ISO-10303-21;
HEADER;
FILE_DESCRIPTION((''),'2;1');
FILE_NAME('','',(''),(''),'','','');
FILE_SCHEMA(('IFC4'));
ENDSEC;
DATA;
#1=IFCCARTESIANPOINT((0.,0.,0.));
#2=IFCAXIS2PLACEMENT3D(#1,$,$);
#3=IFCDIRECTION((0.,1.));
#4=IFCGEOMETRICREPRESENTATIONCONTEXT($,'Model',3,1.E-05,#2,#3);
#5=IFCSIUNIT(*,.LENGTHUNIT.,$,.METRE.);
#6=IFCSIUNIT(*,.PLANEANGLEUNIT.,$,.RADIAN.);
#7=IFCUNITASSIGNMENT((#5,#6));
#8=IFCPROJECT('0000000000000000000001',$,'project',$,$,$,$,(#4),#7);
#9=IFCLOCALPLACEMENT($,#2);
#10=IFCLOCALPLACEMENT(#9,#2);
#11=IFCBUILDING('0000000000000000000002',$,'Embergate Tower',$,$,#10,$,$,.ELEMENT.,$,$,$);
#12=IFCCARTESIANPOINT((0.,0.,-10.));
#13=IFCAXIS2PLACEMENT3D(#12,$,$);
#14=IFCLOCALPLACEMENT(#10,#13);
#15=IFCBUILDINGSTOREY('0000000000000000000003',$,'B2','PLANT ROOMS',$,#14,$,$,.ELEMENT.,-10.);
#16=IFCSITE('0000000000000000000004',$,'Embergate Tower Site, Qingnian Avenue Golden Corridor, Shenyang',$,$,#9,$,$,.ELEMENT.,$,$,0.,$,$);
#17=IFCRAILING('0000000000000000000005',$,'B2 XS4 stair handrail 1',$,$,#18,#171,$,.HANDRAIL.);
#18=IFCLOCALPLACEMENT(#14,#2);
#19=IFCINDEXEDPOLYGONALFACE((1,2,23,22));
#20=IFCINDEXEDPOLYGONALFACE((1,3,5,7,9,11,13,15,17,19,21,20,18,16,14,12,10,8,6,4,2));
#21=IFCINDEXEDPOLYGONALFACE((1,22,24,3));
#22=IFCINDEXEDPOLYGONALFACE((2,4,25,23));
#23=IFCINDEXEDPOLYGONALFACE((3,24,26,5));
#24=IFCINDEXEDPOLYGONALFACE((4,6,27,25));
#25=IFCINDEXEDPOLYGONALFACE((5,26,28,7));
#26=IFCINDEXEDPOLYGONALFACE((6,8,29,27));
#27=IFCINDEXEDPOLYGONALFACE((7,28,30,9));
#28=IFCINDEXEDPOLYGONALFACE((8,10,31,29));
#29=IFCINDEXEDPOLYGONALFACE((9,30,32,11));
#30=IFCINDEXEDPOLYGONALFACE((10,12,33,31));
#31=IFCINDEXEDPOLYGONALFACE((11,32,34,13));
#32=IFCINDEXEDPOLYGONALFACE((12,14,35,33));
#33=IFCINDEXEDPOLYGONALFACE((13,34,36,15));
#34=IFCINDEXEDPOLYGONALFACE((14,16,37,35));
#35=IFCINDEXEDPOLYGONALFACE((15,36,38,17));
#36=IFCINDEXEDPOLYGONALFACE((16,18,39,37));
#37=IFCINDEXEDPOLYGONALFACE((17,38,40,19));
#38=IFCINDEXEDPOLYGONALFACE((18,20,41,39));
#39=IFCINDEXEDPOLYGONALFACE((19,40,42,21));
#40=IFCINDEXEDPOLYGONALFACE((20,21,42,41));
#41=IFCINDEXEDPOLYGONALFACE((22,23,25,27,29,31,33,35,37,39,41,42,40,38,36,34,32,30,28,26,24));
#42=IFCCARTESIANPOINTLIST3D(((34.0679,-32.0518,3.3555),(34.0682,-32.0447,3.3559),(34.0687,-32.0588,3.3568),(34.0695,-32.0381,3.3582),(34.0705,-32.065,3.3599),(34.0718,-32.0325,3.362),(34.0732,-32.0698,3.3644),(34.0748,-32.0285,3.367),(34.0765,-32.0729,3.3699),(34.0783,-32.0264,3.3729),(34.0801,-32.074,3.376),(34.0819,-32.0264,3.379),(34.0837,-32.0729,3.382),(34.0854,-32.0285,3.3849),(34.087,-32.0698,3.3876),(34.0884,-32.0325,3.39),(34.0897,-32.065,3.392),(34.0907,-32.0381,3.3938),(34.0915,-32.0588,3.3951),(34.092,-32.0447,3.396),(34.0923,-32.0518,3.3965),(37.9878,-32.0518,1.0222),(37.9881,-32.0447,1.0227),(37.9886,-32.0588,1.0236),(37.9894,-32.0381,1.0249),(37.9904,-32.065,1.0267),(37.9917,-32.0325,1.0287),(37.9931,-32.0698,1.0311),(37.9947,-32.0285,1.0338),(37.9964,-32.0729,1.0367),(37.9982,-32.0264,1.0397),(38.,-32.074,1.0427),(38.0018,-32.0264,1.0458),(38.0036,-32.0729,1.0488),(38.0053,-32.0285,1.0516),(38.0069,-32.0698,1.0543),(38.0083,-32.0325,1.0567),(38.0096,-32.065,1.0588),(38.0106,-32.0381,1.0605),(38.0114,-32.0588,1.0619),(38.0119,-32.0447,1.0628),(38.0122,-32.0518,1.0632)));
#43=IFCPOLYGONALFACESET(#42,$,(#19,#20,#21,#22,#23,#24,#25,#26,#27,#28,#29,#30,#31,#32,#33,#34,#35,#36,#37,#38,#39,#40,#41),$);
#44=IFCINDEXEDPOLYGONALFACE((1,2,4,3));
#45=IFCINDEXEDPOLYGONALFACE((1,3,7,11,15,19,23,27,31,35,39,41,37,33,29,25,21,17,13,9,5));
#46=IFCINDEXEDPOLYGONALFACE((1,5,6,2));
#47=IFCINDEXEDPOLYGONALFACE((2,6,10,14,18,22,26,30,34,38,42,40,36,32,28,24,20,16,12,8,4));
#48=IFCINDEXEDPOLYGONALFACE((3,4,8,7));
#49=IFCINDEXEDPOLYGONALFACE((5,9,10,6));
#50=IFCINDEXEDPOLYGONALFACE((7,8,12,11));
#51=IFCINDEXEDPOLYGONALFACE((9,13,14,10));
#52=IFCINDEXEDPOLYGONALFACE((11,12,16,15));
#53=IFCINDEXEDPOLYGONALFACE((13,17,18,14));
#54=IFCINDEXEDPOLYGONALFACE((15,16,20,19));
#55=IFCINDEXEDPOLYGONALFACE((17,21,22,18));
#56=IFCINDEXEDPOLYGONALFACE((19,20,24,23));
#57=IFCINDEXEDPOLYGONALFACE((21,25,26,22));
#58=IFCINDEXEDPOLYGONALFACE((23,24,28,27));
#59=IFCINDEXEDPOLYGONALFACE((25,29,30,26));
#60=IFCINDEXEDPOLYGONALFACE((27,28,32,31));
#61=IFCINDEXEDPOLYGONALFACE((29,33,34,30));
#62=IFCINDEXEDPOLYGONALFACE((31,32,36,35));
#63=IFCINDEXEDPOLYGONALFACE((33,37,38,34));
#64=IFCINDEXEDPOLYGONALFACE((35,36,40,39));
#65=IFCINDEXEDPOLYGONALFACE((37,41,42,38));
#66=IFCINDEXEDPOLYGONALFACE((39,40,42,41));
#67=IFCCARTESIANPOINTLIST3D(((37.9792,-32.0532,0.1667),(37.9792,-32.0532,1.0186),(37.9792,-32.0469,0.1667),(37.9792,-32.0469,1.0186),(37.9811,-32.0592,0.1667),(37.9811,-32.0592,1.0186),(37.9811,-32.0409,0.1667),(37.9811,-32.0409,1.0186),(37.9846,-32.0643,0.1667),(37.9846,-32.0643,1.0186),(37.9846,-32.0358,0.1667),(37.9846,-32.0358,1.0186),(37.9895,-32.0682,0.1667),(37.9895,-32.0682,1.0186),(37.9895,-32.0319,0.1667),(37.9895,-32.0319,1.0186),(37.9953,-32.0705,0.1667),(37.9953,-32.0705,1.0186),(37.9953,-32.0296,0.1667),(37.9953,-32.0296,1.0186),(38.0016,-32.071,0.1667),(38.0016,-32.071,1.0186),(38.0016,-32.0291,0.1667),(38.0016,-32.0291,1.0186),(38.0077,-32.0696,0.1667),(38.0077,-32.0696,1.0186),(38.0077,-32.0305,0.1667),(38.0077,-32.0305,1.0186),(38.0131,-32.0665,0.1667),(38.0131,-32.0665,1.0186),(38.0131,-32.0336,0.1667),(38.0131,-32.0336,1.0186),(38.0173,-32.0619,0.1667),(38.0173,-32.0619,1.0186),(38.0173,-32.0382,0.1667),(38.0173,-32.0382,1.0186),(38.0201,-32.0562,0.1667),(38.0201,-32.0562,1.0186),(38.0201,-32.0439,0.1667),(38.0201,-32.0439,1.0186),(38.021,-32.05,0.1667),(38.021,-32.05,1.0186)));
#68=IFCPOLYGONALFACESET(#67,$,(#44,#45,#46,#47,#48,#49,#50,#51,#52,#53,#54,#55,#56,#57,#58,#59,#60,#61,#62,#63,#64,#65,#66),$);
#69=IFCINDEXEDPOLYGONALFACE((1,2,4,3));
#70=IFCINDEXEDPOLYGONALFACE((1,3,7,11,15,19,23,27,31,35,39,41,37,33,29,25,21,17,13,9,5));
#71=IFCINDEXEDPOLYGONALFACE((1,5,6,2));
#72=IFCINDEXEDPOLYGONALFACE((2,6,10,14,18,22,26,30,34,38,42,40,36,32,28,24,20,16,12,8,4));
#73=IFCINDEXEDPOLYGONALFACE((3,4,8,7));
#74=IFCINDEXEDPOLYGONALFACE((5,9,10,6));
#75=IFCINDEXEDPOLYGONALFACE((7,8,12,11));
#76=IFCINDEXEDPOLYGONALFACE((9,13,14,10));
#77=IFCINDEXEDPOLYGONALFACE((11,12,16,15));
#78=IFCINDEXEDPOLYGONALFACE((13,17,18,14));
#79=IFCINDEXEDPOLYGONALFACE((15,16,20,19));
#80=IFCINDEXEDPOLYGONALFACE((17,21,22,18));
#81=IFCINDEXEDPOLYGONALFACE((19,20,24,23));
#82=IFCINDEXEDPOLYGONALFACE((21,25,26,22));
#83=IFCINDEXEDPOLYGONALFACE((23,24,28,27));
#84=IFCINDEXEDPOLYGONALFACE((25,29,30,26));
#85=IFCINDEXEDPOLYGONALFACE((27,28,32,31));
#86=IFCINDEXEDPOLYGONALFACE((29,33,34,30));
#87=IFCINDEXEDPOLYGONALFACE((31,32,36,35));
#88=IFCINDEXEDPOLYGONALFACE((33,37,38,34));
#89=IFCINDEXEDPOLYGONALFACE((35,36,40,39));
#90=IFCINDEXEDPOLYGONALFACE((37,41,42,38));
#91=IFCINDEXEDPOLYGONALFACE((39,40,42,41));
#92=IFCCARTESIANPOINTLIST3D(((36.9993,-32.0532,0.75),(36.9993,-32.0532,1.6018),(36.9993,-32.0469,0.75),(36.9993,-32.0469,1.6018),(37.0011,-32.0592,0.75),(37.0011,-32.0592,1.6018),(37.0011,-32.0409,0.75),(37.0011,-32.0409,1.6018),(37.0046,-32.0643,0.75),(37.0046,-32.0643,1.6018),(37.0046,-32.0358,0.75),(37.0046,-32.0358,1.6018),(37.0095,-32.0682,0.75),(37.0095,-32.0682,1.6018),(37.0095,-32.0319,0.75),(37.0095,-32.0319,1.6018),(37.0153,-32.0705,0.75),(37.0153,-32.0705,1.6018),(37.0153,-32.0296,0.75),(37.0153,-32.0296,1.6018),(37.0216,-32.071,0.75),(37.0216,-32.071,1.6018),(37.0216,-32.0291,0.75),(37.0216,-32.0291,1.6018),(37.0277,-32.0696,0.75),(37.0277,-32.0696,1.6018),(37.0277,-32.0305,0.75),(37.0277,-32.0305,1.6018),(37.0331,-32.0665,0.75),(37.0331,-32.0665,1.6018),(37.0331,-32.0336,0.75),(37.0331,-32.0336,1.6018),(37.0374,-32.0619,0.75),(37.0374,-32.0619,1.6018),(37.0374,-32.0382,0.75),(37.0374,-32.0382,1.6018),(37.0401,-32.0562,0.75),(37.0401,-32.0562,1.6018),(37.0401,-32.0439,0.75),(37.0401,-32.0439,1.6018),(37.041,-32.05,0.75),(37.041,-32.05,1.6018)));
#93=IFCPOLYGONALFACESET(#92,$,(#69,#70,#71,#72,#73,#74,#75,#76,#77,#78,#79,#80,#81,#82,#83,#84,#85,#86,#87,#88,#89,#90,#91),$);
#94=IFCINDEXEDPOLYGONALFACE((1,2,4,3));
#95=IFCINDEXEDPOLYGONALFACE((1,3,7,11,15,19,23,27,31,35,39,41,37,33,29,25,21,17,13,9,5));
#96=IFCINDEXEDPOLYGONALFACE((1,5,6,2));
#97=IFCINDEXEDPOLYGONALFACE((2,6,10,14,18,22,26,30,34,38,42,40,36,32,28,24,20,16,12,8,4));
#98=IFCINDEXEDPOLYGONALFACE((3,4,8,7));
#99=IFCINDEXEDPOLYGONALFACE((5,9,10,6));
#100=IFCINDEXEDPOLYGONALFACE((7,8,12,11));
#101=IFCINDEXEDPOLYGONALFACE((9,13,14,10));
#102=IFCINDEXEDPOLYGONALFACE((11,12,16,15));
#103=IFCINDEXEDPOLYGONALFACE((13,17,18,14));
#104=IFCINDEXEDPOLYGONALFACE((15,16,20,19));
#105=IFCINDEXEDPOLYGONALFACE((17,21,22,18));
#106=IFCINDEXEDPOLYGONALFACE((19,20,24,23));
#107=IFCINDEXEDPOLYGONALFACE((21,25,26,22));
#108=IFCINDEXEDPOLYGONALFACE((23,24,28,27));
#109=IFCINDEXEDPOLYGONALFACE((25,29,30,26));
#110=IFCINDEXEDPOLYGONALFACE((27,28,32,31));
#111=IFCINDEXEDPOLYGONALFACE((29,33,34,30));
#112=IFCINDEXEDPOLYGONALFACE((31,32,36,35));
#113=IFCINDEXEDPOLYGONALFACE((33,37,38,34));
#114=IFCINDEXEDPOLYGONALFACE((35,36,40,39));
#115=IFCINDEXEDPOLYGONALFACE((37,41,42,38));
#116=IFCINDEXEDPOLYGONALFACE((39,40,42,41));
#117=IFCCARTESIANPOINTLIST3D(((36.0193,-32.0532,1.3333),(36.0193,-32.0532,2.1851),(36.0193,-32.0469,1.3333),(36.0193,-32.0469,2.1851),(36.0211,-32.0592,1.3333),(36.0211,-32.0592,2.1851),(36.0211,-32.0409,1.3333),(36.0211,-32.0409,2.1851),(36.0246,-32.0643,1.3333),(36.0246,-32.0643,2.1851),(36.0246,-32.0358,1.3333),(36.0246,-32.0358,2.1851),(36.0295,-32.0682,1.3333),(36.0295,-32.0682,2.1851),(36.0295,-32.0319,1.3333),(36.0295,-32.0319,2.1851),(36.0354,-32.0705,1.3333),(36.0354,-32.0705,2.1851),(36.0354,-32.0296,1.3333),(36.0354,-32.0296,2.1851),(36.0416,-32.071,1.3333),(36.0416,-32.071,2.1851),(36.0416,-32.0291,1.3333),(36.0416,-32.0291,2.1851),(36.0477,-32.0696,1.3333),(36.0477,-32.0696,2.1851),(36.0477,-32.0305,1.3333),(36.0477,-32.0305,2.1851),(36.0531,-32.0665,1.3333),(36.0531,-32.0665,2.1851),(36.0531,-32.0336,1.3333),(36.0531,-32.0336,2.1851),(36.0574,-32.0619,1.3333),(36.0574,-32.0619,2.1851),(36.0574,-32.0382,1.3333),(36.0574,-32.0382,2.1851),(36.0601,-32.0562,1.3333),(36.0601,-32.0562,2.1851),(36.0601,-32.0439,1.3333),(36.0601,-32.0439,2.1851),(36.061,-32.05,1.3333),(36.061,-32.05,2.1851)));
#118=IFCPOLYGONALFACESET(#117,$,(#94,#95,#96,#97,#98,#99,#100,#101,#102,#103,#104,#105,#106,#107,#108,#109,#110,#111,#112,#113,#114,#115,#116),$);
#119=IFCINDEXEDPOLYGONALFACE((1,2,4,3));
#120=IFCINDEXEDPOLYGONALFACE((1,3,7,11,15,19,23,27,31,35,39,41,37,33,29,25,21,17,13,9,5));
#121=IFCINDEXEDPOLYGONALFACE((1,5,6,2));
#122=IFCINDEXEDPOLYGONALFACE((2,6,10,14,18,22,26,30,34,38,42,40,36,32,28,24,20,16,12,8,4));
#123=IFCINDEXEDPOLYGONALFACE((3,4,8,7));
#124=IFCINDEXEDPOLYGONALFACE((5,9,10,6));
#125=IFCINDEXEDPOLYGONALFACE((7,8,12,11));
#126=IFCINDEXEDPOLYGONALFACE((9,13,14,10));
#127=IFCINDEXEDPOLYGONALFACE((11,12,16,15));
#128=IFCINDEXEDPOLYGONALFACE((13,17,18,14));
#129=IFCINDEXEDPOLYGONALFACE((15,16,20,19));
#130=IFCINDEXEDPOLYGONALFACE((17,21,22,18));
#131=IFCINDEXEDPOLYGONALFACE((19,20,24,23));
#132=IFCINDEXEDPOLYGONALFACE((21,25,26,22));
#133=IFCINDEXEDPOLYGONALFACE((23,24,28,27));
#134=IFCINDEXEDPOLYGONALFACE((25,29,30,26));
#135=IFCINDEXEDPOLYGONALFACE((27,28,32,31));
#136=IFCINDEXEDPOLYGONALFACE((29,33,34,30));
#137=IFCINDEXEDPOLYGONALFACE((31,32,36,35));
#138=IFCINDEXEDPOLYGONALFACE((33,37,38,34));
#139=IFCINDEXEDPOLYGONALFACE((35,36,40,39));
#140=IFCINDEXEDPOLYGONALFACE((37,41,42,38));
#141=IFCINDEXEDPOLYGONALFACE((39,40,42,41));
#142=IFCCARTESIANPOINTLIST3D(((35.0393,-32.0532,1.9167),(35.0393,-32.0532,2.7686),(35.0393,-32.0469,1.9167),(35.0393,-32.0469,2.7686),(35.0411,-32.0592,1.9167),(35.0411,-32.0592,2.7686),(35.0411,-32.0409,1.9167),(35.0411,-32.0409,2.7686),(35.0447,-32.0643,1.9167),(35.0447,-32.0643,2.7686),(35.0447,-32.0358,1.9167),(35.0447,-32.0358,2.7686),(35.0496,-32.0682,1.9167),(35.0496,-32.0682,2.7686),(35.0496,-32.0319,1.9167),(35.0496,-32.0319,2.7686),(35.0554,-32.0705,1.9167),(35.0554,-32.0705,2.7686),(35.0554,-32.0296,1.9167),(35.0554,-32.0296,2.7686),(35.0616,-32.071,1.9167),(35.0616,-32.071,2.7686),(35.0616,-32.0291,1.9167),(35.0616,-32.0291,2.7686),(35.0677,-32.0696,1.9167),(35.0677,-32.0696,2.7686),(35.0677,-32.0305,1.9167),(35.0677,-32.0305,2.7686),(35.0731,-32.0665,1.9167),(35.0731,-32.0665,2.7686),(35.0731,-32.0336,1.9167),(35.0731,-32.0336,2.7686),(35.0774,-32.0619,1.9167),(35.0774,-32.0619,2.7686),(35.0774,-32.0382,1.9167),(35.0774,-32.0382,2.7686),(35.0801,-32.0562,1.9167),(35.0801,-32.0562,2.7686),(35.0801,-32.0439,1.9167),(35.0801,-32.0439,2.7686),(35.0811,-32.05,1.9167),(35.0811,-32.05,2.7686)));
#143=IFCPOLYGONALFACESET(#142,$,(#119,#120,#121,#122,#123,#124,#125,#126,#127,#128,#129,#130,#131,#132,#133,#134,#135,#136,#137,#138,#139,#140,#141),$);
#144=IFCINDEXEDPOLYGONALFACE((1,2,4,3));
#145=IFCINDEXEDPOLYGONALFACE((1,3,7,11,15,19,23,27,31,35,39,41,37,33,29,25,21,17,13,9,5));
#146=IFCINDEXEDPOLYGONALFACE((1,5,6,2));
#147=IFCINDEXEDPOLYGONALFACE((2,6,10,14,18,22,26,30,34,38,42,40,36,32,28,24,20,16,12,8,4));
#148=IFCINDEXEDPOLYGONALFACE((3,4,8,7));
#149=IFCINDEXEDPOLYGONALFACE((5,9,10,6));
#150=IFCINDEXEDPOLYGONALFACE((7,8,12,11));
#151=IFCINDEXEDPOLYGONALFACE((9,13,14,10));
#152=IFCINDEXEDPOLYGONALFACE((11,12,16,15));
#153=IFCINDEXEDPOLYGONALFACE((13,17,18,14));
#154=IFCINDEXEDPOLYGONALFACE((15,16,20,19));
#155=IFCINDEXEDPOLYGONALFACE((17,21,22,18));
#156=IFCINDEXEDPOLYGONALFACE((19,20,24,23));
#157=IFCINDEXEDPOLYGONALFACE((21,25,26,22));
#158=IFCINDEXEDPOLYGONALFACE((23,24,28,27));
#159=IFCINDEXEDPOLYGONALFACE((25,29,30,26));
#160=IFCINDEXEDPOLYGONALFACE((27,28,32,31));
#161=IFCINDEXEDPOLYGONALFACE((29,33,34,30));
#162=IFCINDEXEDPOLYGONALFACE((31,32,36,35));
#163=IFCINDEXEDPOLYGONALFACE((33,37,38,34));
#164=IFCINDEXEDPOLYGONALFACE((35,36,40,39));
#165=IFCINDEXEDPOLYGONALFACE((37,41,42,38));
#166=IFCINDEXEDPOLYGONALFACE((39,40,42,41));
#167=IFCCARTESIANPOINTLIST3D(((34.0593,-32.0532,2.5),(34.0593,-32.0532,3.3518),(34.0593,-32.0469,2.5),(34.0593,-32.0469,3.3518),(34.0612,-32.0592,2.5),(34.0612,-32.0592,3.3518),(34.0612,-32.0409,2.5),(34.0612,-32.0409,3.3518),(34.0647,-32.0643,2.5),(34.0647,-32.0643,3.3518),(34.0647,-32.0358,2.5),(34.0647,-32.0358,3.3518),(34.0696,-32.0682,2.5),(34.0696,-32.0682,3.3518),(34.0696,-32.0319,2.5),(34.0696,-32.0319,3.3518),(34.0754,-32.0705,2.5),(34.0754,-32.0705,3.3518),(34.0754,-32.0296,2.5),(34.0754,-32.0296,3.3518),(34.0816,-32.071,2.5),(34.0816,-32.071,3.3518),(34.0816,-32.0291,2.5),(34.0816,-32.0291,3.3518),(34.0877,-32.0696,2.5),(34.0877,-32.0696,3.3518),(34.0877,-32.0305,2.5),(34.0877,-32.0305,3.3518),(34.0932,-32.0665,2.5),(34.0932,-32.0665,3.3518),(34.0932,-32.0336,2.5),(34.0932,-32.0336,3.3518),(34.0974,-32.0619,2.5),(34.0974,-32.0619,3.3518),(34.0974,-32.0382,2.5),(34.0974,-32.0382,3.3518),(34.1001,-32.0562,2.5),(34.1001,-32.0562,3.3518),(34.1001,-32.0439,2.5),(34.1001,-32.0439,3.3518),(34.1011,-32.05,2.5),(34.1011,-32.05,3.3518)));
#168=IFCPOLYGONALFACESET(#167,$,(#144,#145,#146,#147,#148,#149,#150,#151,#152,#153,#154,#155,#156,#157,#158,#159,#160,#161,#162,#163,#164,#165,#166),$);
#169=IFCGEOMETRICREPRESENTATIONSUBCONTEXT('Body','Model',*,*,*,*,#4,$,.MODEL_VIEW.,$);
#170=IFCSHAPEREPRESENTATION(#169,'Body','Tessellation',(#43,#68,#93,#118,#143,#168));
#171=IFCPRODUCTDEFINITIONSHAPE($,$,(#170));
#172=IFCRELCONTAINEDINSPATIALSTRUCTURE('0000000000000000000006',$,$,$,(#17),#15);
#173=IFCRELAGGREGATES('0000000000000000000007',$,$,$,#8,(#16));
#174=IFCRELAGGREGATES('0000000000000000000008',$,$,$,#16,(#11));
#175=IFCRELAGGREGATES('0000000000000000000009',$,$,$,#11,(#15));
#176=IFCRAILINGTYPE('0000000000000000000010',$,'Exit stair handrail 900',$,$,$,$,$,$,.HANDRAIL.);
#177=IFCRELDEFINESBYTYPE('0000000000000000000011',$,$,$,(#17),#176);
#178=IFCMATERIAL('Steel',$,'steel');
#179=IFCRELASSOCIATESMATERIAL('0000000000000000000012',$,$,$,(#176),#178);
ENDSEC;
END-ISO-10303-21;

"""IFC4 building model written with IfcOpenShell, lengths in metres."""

from ifc_helpers import new_model, si_unit, direction, frame, origin, origin_2d, place, context, subcontext, project, spatial, circle, extrude, source, transform, mapped, material, type_object, element, save


model = new_model("IFC4")

# Units and contexts
model_context = context("Model", 3, precision=1e-05, world=origin(), true_north=direction((0.0, 1.0)))
body_context = subcontext(model_context, "Body", "Model", "MODEL_VIEW")
ifc_project = project(units=[si_unit("LENGTHUNIT", "METRE"), si_unit("PLANEANGLEUNIT", "RADIAN")], contexts=[model_context])

# Site, building, storey
site_placement = place(None, origin())
site = spatial("IfcSite", under=ifc_project, at=site_placement, Name="Embergate Tower Site, Qingnian Avenue Golden Corridor, Shenyang", CompositionType="ELEMENT", RefElevation=0.0)
building_placement = place(site_placement, origin())
building = spatial("IfcBuilding", under=site, at=building_placement, Name="Embergate Tower", CompositionType="ELEMENT")
storey_placement = place(building_placement, frame((0.0, 0.0, -10.0)))
storey = spatial("IfcBuildingStorey", under=building, at=storey_placement, Name="B2", Description="PLANT ROOMS", CompositionType="ELEMENT", Elevation=-10.0)

# Railing
ifc_material_1 = material(Name="Steel", Category="steel")
railing_type_1 = type_object("IfcRailingType", Name="Exit stair handrail 900", PredefinedType="HANDRAIL", material=ifc_material_1)
shared_shape_1 = source(origin(), body_context, "Body", "SweptSolid", [
    extrude(circle(Radius=0.0239, at=origin_2d()), frame((0.0, 0.0, 0.876), z_axis=(-0.859296, 0.0, 0.511478), x_axis=(0.0, -1.0, 0.0)), (0.0, 0.0, 1.0), 4.5618),
    extrude(circle(Radius=0.021, at=origin_2d()), origin(), (0.0, 0.0, 1.0), 0.8518),
    extrude(circle(Radius=0.021, at=origin_2d()), frame((-0.98, 0.0, 0.5833)), (0.0, 0.0, 1.0), 0.8518),
    extrude(circle(Radius=0.021, at=origin_2d()), frame((-1.96, 0.0, 1.1665)), (0.0, 0.0, 1.0), 0.8518),
    extrude(circle(Radius=0.021, at=origin_2d()), frame((-2.9399, 0.0, 1.75)), (0.0, 0.0, 1.0), 0.8518),
    extrude(circle(Radius=0.021, at=origin_2d()), frame((-3.9199, 0.0, 2.3333)), (0.0, 0.0, 1.0), 0.8518),
])
railing_1_placement = place(storey_placement, frame((38.0, -32.05, 0.1667)))
element("IfcRailing", 1, at=railing_1_placement, inside=storey, type_object=railing_type_1, Name="B2 XS4 stair handrail 1", PredefinedType="HANDRAIL", context=body_context, shape_type="MappedRepresentation", body=[
    mapped(shared_shape_1, transform((0.0, 0.0, 0.0))),
])

save(model, "model.ifc")
